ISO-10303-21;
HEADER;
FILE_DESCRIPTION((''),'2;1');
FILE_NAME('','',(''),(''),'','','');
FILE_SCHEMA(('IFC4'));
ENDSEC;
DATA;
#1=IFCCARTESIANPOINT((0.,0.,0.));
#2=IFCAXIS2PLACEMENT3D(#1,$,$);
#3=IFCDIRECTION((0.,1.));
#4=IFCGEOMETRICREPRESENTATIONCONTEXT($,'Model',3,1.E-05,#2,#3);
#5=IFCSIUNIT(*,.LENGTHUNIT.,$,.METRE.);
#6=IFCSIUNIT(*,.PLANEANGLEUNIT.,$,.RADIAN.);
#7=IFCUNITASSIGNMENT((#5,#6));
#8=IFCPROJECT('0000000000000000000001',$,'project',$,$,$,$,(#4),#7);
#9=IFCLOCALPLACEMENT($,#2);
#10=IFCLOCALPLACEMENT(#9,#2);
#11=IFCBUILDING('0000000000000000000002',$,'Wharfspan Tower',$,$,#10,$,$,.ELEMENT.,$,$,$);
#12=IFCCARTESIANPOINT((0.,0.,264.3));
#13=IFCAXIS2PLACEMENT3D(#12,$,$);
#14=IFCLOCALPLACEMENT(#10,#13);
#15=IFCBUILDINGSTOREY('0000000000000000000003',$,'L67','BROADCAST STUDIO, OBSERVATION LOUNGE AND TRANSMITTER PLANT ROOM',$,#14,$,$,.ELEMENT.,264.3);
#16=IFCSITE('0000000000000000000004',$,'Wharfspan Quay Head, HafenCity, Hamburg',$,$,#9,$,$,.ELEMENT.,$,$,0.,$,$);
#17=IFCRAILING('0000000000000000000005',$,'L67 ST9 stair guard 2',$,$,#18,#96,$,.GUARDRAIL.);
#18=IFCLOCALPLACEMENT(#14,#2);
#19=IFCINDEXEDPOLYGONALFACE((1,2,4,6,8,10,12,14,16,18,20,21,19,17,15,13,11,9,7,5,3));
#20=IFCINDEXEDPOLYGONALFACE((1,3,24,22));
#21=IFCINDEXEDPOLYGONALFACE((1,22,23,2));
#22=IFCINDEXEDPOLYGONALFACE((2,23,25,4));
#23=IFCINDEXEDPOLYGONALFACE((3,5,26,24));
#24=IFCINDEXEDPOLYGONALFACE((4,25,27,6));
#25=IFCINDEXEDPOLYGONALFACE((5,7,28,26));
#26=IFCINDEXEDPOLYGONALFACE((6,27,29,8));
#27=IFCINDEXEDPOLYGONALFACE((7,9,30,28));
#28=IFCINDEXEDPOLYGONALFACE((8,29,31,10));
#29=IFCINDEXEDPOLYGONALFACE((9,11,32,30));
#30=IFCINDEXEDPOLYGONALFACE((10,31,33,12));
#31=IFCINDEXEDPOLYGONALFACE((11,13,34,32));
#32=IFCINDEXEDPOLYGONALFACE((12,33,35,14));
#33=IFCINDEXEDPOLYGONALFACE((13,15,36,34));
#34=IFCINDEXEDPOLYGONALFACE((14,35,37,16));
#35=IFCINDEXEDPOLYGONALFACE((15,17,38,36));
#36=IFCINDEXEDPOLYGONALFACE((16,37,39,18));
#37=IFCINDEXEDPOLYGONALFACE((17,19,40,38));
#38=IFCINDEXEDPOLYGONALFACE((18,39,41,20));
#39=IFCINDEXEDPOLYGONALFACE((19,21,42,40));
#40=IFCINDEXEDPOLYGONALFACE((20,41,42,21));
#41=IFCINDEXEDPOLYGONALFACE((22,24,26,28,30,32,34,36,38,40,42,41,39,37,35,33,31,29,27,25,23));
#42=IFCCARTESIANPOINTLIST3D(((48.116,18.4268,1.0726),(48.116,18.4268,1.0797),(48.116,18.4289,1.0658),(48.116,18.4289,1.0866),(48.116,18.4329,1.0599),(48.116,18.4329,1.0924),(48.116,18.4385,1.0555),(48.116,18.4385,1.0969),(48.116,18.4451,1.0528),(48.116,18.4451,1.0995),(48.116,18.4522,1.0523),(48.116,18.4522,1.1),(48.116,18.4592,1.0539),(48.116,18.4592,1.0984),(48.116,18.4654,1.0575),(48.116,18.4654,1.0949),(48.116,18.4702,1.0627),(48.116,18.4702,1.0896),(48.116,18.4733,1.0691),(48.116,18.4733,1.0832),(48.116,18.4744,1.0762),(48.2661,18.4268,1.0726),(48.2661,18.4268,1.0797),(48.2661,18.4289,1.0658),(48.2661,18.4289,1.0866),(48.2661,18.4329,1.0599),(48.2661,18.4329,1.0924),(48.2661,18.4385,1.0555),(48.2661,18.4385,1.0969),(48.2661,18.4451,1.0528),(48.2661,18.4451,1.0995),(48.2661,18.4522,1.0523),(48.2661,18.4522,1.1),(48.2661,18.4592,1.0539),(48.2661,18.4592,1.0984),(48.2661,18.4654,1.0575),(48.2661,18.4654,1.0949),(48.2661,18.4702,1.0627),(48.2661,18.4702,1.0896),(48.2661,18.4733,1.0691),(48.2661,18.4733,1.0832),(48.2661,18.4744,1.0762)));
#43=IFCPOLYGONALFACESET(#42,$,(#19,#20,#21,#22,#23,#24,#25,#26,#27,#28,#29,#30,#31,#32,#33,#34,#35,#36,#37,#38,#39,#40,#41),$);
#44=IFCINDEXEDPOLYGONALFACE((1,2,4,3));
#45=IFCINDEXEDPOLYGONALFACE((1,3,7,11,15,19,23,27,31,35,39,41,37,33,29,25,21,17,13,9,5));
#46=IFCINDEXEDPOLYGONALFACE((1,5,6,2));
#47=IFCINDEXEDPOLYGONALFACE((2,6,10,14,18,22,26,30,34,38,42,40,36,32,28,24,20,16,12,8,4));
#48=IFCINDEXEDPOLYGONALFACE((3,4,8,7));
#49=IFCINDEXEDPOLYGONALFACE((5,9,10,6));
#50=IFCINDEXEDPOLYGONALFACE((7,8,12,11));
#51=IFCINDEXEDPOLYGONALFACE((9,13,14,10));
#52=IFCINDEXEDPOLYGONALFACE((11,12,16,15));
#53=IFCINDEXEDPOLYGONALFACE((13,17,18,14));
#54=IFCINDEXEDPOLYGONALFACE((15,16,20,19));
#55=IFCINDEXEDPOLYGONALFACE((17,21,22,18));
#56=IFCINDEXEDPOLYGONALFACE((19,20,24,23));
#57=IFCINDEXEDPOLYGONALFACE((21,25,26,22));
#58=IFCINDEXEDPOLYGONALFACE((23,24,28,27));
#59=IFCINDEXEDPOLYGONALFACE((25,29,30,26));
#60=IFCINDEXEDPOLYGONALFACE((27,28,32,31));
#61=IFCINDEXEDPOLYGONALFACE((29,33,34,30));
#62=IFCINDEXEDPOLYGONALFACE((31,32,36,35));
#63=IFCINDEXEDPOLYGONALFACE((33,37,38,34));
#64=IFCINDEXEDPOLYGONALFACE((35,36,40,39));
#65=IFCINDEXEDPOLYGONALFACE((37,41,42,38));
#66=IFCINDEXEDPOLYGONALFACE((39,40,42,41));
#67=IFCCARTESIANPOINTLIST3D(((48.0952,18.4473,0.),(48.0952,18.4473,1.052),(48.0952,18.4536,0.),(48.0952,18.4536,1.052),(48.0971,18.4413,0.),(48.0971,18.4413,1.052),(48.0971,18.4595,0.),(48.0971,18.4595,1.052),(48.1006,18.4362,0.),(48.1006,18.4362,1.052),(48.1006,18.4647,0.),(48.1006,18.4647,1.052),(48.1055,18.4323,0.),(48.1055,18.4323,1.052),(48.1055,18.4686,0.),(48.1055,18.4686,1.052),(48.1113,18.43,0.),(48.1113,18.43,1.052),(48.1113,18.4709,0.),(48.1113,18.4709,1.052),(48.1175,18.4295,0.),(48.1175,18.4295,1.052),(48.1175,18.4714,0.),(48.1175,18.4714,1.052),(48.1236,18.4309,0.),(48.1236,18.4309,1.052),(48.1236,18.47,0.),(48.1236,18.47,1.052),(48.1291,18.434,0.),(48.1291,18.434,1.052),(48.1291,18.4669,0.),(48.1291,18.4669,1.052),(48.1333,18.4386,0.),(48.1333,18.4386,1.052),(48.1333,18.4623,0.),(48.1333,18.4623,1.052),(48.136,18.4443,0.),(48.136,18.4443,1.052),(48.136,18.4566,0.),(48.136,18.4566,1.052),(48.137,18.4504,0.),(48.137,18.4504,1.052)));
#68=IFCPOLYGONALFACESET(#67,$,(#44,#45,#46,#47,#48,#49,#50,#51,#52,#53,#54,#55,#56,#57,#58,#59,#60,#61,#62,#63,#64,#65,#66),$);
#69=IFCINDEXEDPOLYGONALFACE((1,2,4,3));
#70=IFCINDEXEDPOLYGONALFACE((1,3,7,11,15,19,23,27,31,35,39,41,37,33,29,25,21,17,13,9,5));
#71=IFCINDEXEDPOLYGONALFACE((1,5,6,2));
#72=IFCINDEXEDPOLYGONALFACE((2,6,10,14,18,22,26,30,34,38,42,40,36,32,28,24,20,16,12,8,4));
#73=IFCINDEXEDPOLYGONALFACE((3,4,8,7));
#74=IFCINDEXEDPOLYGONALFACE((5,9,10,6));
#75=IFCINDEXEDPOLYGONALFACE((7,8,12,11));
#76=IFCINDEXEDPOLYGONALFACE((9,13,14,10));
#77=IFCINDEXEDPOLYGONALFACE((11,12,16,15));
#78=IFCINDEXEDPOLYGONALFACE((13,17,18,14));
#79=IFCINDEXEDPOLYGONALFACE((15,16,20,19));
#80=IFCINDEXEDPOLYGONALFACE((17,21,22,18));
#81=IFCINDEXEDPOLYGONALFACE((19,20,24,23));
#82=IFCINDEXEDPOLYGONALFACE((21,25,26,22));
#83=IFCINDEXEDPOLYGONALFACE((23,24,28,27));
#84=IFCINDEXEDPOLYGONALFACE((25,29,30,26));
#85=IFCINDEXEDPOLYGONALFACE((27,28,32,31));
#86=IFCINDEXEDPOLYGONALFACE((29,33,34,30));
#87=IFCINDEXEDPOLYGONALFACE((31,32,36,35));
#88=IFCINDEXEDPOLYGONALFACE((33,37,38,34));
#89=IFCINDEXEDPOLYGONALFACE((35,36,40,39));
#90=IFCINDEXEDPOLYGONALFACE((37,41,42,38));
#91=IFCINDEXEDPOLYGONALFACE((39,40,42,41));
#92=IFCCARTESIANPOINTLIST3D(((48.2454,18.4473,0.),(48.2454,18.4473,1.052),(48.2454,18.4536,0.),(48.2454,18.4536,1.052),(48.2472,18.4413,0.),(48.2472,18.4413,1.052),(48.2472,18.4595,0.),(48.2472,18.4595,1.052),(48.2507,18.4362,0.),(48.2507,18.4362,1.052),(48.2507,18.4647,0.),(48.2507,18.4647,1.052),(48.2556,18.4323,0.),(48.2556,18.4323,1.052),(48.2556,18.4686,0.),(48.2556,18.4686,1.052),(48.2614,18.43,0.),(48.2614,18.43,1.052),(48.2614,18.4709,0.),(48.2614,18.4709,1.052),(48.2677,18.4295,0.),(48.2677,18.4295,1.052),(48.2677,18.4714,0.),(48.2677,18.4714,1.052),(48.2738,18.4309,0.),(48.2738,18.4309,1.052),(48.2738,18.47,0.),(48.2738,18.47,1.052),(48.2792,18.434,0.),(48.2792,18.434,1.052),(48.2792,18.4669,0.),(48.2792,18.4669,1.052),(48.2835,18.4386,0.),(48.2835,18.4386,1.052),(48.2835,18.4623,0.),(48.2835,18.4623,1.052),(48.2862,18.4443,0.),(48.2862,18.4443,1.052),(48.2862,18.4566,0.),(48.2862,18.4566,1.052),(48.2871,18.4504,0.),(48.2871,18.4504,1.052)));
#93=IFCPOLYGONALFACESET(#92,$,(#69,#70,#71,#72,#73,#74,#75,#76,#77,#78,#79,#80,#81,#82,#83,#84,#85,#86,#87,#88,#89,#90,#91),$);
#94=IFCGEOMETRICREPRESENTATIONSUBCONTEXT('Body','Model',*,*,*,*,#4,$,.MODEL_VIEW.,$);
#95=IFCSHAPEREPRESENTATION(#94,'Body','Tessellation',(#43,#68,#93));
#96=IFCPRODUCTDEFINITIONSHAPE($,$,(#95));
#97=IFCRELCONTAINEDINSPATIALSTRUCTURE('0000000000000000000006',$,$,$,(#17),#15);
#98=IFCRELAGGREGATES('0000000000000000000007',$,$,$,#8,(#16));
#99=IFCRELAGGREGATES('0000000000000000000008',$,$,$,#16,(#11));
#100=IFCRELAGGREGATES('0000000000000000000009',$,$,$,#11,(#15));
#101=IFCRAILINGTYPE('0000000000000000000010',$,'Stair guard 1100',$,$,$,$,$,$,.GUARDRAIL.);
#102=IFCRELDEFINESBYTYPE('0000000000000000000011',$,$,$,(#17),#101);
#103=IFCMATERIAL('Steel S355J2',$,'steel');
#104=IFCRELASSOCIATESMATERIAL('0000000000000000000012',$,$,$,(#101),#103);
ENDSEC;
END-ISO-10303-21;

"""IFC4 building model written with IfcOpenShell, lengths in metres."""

from ifc_helpers import new_model, si_unit, direction, frame, origin, origin_2d, place, context, subcontext, project, spatial, circle, extrude, material, type_object, element, save


model = new_model("IFC4")

# Units and contexts
model_context = context("Model", 3, precision=1e-05, world=origin(), true_north=direction((0.0, 1.0)))
body_context = subcontext(model_context, "Body", "Model", "MODEL_VIEW")
ifc_project = project(units=[si_unit("LENGTHUNIT", "METRE"), si_unit("PLANEANGLEUNIT", "RADIAN")], contexts=[model_context])

# Site, building, storey
site_placement = place(None, origin())
site = spatial("IfcSite", under=ifc_project, at=site_placement, Name="Wharfspan Quay Head, HafenCity, Hamburg", CompositionType="ELEMENT", RefElevation=0.0)
building_placement = place(site_placement, origin())
building = spatial("IfcBuilding", under=site, at=building_placement, Name="Wharfspan Tower", CompositionType="ELEMENT")
storey_placement = place(building_placement, frame((0.0, 0.0, 264.3)))
storey = spatial("IfcBuildingStorey", under=building, at=storey_placement, Name="L67", Description="BROADCAST STUDIO, OBSERVATION LOUNGE AND TRANSMITTER PLANT ROOM", CompositionType="ELEMENT", Elevation=264.3)

# Shared definitions
ifc_material_1 = material(Name="Steel S355J2", Category="steel")

# Railing
railing_type_1 = type_object("IfcRailingType", Name="Stair guard 1100", PredefinedType="GUARDRAIL", material=ifc_material_1)
railing_1_placement = place(storey_placement, frame((48.116, 18.4504, 0.0)))
element("IfcRailing", 1, at=railing_1_placement, inside=storey, type_object=railing_type_1, Name="L67 ST9 stair guard 2", PredefinedType="GUARDRAIL", context=body_context, shape_type="SweptSolid", body=[
    extrude(circle(Radius=0.0239, at=origin_2d()), frame((0.0, 0.0, 1.0762), z_axis=(1.0, 0.0, 0.0), x_axis=(0.0, 1.0, 0.0)), (0.0, 0.0, 1.0), 0.1501),
    extrude(circle(Radius=0.021, at=origin_2d()), origin(), (0.0, 0.0, 1.0), 1.052),
    extrude(circle(Radius=0.021, at=origin_2d()), frame((0.1501, 0.0, 0.0)), (0.0, 0.0, 1.0), 1.052),
])

save(model, "model.ifc")
